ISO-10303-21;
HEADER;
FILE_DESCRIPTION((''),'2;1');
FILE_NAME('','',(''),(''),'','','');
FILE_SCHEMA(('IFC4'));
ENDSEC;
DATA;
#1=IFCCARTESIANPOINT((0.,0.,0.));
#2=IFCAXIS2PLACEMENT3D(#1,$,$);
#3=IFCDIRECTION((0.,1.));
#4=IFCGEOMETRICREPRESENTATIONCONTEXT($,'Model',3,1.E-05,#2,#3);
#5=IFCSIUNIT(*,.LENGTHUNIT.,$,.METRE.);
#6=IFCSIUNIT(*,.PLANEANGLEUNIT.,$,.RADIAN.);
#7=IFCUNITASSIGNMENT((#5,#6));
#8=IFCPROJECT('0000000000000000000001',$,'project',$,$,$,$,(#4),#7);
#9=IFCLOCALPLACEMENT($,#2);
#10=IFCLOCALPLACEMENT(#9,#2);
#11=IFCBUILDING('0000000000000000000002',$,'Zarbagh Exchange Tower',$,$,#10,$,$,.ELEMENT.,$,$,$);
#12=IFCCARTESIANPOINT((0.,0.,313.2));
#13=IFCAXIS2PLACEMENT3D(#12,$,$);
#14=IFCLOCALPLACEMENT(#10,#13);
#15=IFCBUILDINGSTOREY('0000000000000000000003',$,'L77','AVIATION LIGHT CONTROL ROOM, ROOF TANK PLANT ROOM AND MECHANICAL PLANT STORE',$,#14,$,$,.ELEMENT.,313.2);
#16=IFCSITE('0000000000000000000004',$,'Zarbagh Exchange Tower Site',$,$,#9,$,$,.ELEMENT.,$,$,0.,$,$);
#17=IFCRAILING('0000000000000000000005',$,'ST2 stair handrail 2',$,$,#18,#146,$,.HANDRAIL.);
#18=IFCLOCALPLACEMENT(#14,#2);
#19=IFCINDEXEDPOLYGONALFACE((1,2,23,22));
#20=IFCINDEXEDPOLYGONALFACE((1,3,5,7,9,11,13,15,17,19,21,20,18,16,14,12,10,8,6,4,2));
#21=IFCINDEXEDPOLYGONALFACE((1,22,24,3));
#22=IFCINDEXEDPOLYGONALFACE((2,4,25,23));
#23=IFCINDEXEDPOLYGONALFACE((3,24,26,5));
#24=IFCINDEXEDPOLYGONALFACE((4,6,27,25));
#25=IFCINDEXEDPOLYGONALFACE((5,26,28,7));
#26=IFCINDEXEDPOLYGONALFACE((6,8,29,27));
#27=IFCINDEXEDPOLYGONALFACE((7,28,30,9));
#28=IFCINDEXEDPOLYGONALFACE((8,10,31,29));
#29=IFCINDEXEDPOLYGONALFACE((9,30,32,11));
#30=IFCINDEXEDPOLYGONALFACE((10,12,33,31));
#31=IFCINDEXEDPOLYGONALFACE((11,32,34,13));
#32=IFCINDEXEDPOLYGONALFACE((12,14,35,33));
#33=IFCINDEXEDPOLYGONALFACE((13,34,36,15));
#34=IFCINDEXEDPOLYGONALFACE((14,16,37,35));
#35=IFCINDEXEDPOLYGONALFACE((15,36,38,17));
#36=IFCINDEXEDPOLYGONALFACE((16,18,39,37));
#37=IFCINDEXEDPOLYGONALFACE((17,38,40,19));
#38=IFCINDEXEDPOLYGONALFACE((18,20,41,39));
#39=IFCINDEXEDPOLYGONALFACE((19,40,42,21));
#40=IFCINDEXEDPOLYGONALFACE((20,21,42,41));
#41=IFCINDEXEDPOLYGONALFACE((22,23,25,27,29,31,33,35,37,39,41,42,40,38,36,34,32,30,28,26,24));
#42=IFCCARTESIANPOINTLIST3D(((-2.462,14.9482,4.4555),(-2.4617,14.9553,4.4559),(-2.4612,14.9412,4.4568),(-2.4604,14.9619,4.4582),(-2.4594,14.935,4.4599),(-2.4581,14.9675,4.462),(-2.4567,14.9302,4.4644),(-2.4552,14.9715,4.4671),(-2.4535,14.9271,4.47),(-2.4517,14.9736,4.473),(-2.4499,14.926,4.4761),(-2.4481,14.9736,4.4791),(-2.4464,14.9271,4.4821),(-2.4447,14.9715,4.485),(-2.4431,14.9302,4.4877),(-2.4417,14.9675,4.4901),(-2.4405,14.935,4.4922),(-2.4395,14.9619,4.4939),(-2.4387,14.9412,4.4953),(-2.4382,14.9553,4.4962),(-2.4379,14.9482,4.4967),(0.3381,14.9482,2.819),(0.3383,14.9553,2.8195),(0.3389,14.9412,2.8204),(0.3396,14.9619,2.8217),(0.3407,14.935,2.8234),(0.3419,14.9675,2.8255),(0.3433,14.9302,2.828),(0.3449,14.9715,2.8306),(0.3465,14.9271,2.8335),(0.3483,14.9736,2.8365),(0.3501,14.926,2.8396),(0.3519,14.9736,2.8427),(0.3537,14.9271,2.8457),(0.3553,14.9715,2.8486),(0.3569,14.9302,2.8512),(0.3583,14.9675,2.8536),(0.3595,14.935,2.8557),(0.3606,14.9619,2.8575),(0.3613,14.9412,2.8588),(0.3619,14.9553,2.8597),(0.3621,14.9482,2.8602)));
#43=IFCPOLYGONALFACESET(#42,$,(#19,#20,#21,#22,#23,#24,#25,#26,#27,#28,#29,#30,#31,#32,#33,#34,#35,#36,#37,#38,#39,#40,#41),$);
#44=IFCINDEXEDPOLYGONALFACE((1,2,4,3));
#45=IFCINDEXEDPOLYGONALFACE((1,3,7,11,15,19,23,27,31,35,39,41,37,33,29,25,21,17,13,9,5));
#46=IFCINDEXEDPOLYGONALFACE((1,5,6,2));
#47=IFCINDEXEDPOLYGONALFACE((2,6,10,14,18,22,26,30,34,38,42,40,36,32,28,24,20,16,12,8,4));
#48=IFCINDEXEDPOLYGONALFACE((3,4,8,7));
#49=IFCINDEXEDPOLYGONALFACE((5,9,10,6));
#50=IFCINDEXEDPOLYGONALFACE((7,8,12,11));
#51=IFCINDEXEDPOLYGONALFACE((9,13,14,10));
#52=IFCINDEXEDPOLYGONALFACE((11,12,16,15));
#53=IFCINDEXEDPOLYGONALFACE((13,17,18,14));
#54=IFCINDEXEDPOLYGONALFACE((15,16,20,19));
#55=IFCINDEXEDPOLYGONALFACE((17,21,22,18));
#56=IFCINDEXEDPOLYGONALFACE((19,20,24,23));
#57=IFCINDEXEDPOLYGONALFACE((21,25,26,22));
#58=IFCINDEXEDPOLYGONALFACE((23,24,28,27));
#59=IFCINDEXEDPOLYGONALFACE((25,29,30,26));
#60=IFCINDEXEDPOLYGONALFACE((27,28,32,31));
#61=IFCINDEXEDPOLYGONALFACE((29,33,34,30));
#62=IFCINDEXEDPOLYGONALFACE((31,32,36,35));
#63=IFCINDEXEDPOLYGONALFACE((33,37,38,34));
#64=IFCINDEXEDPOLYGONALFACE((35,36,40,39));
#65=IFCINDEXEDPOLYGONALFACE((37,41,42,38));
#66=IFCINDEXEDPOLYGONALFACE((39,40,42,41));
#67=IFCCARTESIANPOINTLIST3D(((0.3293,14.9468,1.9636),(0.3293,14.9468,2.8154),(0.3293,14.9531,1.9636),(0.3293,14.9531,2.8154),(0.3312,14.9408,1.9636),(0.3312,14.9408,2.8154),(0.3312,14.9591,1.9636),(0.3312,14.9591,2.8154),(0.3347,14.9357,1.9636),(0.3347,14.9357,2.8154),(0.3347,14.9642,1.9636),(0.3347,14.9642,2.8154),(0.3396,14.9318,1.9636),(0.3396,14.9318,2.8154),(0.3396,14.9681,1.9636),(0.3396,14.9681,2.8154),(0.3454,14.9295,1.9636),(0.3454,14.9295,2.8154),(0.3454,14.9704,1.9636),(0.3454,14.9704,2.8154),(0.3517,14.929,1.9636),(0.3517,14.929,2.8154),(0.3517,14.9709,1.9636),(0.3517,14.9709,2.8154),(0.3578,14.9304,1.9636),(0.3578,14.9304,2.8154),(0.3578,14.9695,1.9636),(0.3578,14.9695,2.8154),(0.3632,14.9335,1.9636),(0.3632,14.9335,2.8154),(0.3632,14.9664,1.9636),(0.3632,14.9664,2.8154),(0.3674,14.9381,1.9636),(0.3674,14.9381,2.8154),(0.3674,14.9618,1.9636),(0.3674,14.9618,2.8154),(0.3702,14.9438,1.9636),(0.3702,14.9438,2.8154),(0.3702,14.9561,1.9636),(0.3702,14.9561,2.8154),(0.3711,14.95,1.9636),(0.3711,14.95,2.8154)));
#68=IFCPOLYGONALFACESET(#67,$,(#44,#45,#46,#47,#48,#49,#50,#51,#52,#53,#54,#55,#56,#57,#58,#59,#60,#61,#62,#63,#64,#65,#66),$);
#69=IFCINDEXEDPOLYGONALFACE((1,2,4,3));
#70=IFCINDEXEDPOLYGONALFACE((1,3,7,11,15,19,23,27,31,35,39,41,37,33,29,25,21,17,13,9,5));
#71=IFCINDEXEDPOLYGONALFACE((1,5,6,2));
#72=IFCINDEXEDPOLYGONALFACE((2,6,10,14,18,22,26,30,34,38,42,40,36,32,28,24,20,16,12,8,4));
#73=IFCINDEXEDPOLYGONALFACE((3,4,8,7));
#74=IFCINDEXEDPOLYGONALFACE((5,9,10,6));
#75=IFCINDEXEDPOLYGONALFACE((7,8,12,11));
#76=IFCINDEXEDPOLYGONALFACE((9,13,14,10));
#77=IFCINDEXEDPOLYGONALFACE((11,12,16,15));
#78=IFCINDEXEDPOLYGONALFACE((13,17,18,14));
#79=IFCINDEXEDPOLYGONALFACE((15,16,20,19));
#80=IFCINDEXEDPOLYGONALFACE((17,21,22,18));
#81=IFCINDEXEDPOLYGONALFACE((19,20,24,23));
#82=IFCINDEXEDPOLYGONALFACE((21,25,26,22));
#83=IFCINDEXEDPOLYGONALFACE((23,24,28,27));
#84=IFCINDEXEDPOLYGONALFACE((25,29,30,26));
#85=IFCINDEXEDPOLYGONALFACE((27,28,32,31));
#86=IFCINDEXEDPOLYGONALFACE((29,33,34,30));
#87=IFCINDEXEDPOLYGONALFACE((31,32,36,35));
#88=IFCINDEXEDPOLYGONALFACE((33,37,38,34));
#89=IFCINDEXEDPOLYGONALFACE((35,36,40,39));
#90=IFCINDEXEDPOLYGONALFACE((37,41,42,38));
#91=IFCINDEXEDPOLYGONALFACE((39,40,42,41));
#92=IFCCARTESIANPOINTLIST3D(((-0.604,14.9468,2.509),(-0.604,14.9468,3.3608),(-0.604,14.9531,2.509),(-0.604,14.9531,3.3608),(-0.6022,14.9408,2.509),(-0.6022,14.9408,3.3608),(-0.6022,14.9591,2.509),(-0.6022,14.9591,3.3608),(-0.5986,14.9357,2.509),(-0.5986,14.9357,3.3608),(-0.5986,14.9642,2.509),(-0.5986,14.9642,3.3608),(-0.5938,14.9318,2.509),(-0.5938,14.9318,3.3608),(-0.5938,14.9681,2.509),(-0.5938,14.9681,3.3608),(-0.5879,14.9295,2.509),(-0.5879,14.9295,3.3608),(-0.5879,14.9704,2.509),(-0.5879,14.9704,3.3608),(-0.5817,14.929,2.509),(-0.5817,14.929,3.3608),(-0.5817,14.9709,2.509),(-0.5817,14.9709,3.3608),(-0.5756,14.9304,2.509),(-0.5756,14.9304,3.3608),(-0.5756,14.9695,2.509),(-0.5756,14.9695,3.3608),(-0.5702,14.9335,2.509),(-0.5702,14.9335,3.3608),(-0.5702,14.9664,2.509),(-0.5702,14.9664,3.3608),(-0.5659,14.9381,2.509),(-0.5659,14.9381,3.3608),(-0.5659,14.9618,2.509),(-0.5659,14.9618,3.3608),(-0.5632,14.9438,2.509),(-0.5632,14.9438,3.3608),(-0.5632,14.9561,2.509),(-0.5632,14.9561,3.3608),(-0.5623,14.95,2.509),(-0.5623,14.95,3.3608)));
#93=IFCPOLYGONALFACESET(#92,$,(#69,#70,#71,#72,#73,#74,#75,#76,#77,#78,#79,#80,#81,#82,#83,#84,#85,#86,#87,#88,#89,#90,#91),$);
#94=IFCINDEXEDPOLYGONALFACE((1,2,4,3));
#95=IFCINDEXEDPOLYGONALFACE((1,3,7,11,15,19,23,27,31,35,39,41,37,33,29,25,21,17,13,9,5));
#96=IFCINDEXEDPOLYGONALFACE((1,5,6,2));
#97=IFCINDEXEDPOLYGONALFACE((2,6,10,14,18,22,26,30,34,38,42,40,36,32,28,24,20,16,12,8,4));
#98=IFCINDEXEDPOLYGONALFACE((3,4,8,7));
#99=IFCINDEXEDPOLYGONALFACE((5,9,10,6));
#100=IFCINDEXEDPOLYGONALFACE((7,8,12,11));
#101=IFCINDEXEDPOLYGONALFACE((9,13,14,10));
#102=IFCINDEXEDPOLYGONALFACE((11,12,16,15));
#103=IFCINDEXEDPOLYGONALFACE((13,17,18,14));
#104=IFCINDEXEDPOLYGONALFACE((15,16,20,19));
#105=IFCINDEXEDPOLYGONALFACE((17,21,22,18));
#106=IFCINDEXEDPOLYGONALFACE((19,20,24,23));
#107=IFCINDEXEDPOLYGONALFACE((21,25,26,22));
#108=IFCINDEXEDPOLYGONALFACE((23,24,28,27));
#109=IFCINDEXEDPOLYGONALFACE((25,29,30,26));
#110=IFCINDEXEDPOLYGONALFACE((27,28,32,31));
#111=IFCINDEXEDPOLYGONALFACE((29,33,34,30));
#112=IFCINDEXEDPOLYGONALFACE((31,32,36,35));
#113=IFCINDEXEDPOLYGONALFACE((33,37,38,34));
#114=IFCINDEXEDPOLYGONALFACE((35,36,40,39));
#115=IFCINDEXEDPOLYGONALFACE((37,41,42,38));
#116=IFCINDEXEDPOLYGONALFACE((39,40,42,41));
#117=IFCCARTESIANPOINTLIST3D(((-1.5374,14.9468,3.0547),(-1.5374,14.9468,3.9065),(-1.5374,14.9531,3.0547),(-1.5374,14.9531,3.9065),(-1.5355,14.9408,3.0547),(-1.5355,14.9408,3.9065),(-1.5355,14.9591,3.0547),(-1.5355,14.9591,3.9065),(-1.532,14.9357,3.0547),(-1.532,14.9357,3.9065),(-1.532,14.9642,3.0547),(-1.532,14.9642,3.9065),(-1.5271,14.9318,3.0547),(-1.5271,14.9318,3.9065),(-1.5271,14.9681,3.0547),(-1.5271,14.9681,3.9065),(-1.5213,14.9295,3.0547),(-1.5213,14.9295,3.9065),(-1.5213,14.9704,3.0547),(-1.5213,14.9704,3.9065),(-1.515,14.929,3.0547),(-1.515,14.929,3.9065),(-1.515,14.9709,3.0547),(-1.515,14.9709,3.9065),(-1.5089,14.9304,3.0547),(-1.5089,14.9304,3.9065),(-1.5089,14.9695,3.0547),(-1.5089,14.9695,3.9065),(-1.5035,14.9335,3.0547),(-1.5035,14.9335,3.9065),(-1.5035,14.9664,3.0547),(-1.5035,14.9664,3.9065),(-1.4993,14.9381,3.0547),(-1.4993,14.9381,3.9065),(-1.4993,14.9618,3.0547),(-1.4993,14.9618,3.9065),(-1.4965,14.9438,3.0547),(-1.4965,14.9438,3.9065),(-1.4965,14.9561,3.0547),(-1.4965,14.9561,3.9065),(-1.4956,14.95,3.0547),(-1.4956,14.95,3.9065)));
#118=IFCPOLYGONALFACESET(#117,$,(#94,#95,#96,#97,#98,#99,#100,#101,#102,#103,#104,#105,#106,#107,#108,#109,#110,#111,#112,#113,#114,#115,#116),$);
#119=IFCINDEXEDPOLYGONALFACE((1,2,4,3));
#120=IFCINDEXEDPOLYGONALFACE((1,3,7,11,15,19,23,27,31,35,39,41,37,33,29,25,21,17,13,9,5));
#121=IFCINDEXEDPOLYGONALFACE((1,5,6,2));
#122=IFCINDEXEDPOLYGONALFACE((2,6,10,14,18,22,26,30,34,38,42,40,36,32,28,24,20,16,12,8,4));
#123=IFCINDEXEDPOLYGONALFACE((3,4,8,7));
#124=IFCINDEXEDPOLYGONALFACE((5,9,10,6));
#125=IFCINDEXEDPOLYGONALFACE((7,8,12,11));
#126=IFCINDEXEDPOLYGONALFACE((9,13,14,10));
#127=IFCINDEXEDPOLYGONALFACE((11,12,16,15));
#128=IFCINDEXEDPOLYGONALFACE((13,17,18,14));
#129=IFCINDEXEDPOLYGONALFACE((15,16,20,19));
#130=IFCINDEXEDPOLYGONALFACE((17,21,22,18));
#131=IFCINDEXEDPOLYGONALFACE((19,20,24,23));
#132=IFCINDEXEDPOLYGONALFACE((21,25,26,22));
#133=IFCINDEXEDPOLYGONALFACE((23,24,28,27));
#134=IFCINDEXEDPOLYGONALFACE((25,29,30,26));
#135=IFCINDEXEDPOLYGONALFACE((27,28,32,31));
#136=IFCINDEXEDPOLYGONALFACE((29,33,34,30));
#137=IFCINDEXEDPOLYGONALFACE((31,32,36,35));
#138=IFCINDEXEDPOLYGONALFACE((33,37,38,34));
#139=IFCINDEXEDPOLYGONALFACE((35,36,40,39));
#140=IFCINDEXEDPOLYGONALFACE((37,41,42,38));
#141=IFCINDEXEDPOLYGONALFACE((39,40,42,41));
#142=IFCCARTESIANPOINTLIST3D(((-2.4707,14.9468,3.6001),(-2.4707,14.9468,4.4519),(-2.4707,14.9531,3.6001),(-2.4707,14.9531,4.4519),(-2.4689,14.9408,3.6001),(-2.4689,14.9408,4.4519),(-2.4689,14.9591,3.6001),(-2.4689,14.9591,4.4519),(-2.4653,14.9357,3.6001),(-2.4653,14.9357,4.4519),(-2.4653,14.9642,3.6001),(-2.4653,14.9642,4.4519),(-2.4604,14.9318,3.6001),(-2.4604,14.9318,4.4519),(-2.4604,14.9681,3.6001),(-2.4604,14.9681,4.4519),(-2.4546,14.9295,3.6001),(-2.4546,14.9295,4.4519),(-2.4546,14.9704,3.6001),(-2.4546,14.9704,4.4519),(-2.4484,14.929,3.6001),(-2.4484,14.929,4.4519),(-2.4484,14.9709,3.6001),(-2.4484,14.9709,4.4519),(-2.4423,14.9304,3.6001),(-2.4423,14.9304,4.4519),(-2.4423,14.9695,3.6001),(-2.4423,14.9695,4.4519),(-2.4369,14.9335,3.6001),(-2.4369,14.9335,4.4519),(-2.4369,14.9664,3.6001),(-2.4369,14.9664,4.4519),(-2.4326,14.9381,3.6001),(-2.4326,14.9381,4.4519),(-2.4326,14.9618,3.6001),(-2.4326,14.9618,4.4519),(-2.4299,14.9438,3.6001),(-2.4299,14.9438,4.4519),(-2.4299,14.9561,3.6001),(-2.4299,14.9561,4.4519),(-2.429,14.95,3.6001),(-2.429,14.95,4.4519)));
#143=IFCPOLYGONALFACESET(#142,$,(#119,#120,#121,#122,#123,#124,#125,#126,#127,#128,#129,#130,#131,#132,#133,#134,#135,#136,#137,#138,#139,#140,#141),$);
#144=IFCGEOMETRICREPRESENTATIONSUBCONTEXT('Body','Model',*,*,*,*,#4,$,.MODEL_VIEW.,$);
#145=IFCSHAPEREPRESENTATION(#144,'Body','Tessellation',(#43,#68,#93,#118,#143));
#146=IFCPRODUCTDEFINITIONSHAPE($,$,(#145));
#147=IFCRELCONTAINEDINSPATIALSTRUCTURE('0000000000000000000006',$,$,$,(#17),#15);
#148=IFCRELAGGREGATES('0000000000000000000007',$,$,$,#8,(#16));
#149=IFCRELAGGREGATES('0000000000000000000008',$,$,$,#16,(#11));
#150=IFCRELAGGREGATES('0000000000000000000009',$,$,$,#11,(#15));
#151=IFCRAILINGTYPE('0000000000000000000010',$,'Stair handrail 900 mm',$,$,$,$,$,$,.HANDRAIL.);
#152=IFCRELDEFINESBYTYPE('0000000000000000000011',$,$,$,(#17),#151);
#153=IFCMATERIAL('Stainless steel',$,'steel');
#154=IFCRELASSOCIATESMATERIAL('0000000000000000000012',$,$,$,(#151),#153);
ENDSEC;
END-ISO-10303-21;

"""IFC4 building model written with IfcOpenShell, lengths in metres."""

from ifc_helpers import new_model, si_unit, direction, frame, origin, origin_2d, place, context, subcontext, project, spatial, circle, extrude, material, type_object, element, save


model = new_model("IFC4")

# Units and contexts
model_context = context("Model", 3, precision=1e-05, world=origin(), true_north=direction((0.0, 1.0)))
body_context = subcontext(model_context, "Body", "Model", "MODEL_VIEW")
ifc_project = project(units=[si_unit("LENGTHUNIT", "METRE"), si_unit("PLANEANGLEUNIT", "RADIAN")], contexts=[model_context])

# Site, building, storey
site_placement = place(None, origin())
site = spatial("IfcSite", under=ifc_project, at=site_placement, Name="Zarbagh Exchange Tower Site", CompositionType="ELEMENT", RefElevation=0.0)
building_placement = place(site_placement, origin())
building = spatial("IfcBuilding", under=site, at=building_placement, Name="Zarbagh Exchange Tower", CompositionType="ELEMENT")
storey_placement = place(building_placement, frame((0.0, 0.0, 313.2)))
storey = spatial("IfcBuildingStorey", under=building, at=storey_placement, Name="L77", Description="AVIATION LIGHT CONTROL ROOM, ROOF TANK PLANT ROOM AND MECHANICAL PLANT STORE", CompositionType="ELEMENT", Elevation=313.2)

# Shared definitions
ifc_material_1 = material(Name="Stainless steel", Category="steel")

# Railing
railing_type_1 = type_object("IfcRailingType", Name="Stair handrail 900 mm", PredefinedType="HANDRAIL", material=ifc_material_1)
railing_1_placement = place(storey_placement, frame((0.3501, 14.95, 1.9636)))
element("IfcRailing", 1, at=railing_1_placement, inside=storey, type_object=railing_type_1, Name="ST2 stair handrail 2", PredefinedType="HANDRAIL", context=body_context, shape_type="SweptSolid", body=[
    extrude(circle(Radius=0.0239, at=origin_2d()), frame((0.0, 0.0, 0.876), z_axis=(-0.863361, 0.0, 0.504587), x_axis=(0.0, -1.0, 0.0)), (0.0, 0.0, 1.0), 3.2432),
    extrude(circle(Radius=0.021, at=origin_2d()), origin(), (0.0, 0.0, 1.0), 0.8518),
    extrude(circle(Radius=0.021, at=origin_2d()), frame((-0.9333, 0.0, 0.5454)), (0.0, 0.0, 1.0), 0.8518),
    extrude(circle(Radius=0.021, at=origin_2d()), frame((-1.8667, 0.0, 1.0911)), (0.0, 0.0, 1.0), 0.8518),
    extrude(circle(Radius=0.021, at=origin_2d()), frame((-2.8, 0.0, 1.6365)), (0.0, 0.0, 1.0), 0.8518),
])

save(model, "model.ifc")
